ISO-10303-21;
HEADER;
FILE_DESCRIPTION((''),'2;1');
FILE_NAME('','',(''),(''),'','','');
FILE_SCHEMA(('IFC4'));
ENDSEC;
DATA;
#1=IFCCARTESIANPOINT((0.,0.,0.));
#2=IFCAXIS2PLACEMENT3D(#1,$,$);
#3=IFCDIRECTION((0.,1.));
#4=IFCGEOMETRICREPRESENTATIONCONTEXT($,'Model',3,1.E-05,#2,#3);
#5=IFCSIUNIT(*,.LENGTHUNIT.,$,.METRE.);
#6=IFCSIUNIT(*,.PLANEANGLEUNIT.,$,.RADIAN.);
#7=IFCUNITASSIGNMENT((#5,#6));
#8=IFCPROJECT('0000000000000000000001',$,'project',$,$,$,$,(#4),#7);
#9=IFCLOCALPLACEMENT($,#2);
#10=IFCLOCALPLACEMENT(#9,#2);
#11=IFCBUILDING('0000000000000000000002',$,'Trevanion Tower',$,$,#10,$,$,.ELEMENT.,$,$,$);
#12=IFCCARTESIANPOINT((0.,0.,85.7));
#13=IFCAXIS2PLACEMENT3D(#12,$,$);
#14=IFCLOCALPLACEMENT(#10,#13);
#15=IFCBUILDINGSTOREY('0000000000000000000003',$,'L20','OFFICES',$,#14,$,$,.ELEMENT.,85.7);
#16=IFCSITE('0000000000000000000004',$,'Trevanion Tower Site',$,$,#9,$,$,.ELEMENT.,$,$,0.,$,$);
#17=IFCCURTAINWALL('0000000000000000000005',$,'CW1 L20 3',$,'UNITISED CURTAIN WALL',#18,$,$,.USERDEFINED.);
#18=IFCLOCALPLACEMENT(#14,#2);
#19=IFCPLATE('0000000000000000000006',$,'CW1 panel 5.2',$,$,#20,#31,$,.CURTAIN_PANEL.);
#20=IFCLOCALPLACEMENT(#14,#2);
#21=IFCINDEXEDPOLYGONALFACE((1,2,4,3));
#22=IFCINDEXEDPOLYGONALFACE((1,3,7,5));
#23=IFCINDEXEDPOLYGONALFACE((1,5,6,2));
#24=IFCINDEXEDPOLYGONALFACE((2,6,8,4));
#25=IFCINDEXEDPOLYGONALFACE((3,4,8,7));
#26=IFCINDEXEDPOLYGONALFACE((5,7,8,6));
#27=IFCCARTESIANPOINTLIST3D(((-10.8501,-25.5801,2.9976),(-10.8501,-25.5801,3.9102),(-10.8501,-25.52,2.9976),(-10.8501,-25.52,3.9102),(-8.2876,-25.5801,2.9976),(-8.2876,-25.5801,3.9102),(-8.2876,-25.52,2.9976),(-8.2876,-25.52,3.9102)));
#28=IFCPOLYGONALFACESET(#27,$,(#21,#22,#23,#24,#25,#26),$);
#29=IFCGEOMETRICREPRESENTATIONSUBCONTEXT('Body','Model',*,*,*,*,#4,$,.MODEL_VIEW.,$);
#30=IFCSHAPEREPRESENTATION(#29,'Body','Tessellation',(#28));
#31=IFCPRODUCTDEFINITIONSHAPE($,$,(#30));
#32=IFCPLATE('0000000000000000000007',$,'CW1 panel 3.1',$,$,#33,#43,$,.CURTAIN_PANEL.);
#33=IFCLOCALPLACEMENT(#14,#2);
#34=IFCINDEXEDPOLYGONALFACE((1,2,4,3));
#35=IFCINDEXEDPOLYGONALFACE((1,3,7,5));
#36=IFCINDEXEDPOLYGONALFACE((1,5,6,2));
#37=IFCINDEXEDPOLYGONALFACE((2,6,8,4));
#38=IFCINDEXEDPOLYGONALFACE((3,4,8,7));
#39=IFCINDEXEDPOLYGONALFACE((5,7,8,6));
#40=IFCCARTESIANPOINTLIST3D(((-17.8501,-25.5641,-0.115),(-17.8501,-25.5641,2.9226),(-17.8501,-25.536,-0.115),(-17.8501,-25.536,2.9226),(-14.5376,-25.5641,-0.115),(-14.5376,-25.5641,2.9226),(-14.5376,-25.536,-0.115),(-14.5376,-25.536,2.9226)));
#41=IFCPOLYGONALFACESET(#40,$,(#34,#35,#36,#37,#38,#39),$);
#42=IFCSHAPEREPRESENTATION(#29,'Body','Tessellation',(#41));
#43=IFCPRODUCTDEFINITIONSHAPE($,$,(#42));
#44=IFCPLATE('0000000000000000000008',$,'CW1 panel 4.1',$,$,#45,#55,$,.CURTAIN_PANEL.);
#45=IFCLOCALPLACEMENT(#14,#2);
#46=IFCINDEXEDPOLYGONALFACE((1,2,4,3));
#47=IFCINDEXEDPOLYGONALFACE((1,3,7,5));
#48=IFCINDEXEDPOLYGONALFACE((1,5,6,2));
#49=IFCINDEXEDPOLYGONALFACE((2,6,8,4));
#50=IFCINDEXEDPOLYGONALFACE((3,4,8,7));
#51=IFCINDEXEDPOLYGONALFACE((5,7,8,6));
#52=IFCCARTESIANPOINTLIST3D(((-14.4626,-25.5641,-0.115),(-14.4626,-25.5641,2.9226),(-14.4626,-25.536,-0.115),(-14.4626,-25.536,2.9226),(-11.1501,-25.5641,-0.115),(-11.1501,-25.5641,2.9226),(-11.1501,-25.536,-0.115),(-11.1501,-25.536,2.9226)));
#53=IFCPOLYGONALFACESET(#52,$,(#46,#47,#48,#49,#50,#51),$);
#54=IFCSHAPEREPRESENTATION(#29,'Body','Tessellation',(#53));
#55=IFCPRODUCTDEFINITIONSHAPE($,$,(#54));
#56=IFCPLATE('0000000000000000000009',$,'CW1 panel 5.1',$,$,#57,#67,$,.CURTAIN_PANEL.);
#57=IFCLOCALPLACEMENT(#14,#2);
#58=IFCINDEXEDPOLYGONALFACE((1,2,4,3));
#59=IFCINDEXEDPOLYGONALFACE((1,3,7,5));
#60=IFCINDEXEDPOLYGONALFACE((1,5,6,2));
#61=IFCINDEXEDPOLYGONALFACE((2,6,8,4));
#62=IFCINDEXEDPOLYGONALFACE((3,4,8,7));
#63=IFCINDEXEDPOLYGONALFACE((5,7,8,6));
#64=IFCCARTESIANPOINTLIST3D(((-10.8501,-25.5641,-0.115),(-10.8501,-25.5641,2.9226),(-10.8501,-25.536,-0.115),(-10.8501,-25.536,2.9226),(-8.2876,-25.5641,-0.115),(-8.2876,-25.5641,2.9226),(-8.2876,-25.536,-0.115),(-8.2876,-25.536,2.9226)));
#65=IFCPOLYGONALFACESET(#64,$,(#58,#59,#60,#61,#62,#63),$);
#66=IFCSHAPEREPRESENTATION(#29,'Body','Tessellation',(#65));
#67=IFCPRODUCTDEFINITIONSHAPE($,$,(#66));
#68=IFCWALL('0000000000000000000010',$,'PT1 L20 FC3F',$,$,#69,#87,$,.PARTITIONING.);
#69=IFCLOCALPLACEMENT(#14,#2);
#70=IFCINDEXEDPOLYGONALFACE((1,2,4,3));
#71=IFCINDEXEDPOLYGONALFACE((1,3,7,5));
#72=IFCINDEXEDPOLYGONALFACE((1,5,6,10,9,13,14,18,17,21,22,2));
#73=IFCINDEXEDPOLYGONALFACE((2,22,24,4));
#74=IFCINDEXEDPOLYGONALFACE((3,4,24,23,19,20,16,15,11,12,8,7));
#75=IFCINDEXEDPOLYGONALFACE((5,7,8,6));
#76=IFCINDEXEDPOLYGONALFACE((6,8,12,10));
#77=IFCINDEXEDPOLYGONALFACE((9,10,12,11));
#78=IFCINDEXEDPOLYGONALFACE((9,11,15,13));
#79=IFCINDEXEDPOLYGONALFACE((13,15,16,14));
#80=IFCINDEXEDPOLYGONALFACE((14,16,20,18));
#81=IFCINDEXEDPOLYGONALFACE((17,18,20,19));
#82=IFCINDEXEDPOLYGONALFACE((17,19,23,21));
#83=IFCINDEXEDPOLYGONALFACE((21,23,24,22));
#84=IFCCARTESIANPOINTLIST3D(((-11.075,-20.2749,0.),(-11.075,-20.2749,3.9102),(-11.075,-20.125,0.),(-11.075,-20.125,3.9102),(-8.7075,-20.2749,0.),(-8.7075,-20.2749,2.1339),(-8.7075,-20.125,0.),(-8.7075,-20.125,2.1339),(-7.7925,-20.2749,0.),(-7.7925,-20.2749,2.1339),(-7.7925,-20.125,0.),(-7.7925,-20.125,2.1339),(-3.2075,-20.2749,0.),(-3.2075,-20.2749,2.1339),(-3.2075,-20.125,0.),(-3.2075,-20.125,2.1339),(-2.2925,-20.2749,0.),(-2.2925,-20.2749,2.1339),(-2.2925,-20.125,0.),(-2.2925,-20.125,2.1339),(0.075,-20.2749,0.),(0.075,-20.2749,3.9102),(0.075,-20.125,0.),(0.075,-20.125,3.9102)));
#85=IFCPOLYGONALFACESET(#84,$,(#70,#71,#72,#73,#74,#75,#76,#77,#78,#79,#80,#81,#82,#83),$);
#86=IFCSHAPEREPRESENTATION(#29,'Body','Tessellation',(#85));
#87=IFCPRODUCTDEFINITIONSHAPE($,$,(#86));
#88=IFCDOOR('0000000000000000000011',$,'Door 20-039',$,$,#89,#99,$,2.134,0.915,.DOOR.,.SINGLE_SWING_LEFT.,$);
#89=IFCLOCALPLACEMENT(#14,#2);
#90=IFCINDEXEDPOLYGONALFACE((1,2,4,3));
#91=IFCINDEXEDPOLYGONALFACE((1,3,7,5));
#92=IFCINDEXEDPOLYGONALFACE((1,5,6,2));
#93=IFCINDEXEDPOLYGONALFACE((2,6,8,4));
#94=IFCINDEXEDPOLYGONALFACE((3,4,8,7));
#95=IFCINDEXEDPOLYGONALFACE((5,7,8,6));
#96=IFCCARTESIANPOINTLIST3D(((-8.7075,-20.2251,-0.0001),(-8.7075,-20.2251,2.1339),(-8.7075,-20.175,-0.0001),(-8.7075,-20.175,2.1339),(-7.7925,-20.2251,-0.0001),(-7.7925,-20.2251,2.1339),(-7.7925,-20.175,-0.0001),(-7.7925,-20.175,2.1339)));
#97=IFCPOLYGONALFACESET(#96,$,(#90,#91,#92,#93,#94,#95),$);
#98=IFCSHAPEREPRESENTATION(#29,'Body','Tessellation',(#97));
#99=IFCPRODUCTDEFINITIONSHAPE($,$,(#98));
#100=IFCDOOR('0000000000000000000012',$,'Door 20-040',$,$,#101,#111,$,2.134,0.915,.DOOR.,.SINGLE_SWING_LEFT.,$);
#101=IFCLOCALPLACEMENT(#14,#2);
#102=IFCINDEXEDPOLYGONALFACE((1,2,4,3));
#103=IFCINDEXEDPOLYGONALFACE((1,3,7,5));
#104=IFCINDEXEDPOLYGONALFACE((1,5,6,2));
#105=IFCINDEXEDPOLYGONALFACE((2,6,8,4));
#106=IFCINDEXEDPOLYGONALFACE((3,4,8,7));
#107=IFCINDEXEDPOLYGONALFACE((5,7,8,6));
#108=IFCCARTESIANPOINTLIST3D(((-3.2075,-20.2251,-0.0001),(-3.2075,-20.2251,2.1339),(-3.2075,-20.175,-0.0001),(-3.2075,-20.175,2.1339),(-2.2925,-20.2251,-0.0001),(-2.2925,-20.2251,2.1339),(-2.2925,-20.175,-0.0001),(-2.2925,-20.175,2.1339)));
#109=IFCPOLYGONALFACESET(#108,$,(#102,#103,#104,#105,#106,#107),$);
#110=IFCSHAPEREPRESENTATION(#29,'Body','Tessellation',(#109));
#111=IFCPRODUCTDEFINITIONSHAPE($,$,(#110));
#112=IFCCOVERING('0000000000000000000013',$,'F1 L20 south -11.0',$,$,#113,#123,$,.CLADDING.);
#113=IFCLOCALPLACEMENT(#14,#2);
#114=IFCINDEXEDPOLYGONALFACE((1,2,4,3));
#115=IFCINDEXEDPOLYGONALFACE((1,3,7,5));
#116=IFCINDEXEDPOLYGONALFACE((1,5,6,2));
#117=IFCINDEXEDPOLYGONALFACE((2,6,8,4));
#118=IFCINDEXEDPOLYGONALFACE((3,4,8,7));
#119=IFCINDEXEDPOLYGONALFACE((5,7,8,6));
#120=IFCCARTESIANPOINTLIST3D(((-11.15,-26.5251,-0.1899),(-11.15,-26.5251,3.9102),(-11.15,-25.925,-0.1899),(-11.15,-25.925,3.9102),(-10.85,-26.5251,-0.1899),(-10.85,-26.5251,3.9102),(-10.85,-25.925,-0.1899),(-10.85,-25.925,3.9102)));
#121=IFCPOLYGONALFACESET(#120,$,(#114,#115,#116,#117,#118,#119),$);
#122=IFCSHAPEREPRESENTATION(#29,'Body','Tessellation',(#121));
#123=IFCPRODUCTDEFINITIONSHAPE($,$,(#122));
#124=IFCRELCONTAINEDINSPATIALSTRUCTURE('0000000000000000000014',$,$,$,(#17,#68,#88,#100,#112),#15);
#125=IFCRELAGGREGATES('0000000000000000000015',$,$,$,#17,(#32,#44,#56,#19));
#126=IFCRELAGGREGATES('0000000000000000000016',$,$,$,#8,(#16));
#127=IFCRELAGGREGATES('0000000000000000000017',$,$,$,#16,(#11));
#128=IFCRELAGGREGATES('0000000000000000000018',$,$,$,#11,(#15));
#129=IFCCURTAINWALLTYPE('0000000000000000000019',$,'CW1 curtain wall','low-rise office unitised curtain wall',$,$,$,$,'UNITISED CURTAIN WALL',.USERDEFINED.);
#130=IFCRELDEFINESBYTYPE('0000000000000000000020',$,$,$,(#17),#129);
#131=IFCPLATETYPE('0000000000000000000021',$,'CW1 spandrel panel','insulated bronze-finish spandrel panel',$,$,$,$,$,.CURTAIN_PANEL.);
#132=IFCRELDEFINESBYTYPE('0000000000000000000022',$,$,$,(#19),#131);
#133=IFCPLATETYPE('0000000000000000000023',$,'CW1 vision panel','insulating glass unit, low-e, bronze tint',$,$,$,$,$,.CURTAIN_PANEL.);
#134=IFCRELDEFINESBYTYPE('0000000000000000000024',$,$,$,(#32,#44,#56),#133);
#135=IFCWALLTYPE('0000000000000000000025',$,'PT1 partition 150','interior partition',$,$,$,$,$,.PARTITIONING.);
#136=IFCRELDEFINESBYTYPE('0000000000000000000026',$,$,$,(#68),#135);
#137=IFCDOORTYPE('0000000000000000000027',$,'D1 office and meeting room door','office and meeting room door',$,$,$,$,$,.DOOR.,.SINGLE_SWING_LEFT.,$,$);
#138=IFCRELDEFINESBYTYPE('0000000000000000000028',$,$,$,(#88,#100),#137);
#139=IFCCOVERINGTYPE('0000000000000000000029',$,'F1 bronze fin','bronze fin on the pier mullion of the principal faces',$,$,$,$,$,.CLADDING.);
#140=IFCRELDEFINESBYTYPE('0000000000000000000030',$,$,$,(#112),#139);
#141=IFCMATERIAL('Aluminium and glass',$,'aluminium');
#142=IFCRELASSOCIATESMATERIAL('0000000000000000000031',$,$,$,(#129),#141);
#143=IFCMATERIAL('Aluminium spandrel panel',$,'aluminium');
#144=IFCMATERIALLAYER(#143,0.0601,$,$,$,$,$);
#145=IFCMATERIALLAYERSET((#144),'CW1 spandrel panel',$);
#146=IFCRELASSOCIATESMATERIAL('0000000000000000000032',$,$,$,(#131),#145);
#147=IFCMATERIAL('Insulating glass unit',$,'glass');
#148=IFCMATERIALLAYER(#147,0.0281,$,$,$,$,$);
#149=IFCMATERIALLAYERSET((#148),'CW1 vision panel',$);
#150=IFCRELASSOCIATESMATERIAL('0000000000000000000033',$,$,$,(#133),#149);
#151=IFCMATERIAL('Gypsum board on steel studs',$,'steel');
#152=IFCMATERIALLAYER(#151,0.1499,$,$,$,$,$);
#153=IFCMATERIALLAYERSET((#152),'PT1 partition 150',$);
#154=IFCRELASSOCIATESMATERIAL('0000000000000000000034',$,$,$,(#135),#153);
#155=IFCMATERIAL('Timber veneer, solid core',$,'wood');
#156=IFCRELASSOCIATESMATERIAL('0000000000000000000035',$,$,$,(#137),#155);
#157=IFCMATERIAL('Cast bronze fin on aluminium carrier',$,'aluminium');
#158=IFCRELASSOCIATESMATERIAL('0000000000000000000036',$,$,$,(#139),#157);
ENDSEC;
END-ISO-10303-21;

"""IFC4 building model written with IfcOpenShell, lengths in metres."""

from ifc_helpers import new_model, si_unit, direction, frame, frame_2d, origin, origin_2d, place, context, subcontext, project, spatial, rectangle, extrude, material, layer, layer_set, type_object, element, fill, aggregate, save


model = new_model("IFC4")

# Units and contexts
model_context = context("Model", 3, precision=1e-05, world=origin(), true_north=direction((0.0, 1.0)))
body_context = subcontext(model_context, "Body", "Model", "MODEL_VIEW")
ifc_project = project(units=[si_unit("LENGTHUNIT", "METRE"), si_unit("PLANEANGLEUNIT", "RADIAN")], contexts=[model_context])

# Site, building, storey
site_placement = place(None, origin())
site = spatial("IfcSite", under=ifc_project, at=site_placement, Name="Trevanion Tower Site", CompositionType="ELEMENT", RefElevation=0.0)
building_placement = place(site_placement, origin())
building = spatial("IfcBuilding", under=site, at=building_placement, Name="Trevanion Tower", CompositionType="ELEMENT")
storey_placement = place(building_placement, frame((0.0, 0.0, 85.7)))
storey = spatial("IfcBuildingStorey", under=building, at=storey_placement, Name="L20", Description="OFFICES", CompositionType="ELEMENT", Elevation=85.7)

# Curtain wall
ifc_material_1 = material(Name="Aluminium and glass", Category="aluminium")
curtain_wall_type = type_object("IfcCurtainWallType", Name="CW1 curtain wall", Description="low-rise office unitised curtain wall", ElementType="UNITISED CURTAIN WALL", PredefinedType="USERDEFINED", material=ifc_material_1)
curtain_wall_placement = place(storey_placement, origin())
curtain_wall = element("IfcCurtainWall", 1, at=curtain_wall_placement, inside=storey, type_object=curtain_wall_type, Name="CW1 L20 3", ObjectType="UNITISED CURTAIN WALL", PredefinedType="USERDEFINED")

# Plates
ifc_material_2 = material(Name="Aluminium spandrel panel", Category="aluminium")
ifc_layer_1 = layer(ifc_material_2, 0.0601)
ifc_layer_set_1 = layer_set([ifc_layer_1], Name="CW1 spandrel panel")
plate_type_1 = type_object("IfcPlateType", Name="CW1 spandrel panel", Description="insulated bronze-finish spandrel panel", PredefinedType="CURTAIN_PANEL", material=ifc_layer_set_1)
plate_1_placement = place(storey_placement, frame((-9.5688, -25.55, 2.9976), z_axis=(0.0, 0.0, 1.0), x_axis=(1.0, 0.0, 0.0)))
plate_1 = element("IfcPlate", 2, at=plate_1_placement, type_object=plate_type_1, Name="CW1 panel 5.2", PredefinedType="CURTAIN_PANEL", context=body_context, shape_type="SweptSolid", body=[
    extrude(rectangle(XDim=2.5625, YDim=0.0601, at=origin_2d()), origin(), (0.0, 0.0, 1.0), 0.9126),
])
ifc_material_3 = material(Name="Insulating glass unit", Category="glass")
ifc_layer_2 = layer(ifc_material_3, 0.0281)
ifc_layer_set_2 = layer_set([ifc_layer_2], Name="CW1 vision panel")
plate_type_2 = type_object("IfcPlateType", Name="CW1 vision panel", Description="insulating glass unit, low-e, bronze tint", PredefinedType="CURTAIN_PANEL", material=ifc_layer_set_2)
plate_2_placement = place(storey_placement, frame((-16.1938, -25.55, -0.115), z_axis=(0.0, 0.0, 1.0), x_axis=(1.0, 0.0, 0.0)))
plate_2 = element("IfcPlate", 3, at=plate_2_placement, type_object=plate_type_2, Name="CW1 panel 3.1", PredefinedType="CURTAIN_PANEL", context=body_context, shape_type="SweptSolid", body=[
    extrude(rectangle(XDim=3.3125, YDim=0.0281, at=origin_2d()), origin(), (0.0, 0.0, 1.0), 3.0376),
])
plate_3_placement = place(storey_placement, frame((-12.8064, -25.55, -0.115), z_axis=(0.0, 0.0, 1.0), x_axis=(1.0, 0.0, 0.0)))
plate_3 = element("IfcPlate", 4, at=plate_3_placement, type_object=plate_type_2, Name="CW1 panel 4.1", PredefinedType="CURTAIN_PANEL", context=body_context, shape_type="SweptSolid", body=[
    extrude(rectangle(XDim=3.3125, YDim=0.0281, at=origin_2d()), origin(), (0.0, 0.0, 1.0), 3.0376),
])
plate_4_placement = place(storey_placement, frame((-9.5688, -25.55, -0.115), z_axis=(0.0, 0.0, 1.0), x_axis=(1.0, 0.0, 0.0)))
plate_4 = element("IfcPlate", 5, at=plate_4_placement, type_object=plate_type_2, Name="CW1 panel 5.1", PredefinedType="CURTAIN_PANEL", context=body_context, shape_type="SweptSolid", body=[
    extrude(rectangle(XDim=2.5625, YDim=0.0281, at=origin_2d()), origin(), (0.0, 0.0, 1.0), 3.0376),
])
aggregate(curtain_wall, [plate_2, plate_3, plate_4, plate_1])

# Wall, openings, doors
ifc_material_4 = material(Name="Gypsum board on steel studs", Category="steel")
ifc_layer_3 = layer(ifc_material_4, 0.1499)
ifc_layer_set_3 = layer_set([ifc_layer_3], Name="PT1 partition 150")
wall_type = type_object("IfcWallType", Name="PT1 partition 150", Description="interior partition", PredefinedType="PARTITIONING", material=ifc_layer_set_3)
wall_placement = place(storey_placement, frame((-11.075, -20.2, 0.0), z_axis=(0.0, 0.0, 1.0), x_axis=(1.0, 0.0, 0.0)))
wall = element("IfcWall", 6, at=wall_placement, inside=storey, type_object=wall_type, Name="PT1 L20 FC3F", PredefinedType="PARTITIONING", context=body_context, shape_type="SweptSolid", body=[
    extrude(rectangle(XDim=11.1499, YDim=0.1499, at=frame_2d((5.575, 0.0))), origin(), (0.0, 0.0, 1.0), 3.9102),
])
opening_1_placement = place(wall_placement, frame((2.3674, 0.0, 0.0)))
opening_1 = element("IfcOpeningElement", 7, at=opening_1_placement, cuts=wall, PredefinedType="OPENING", context=body_context, shape_type="SweptSolid", body=[
    extrude(rectangle(XDim=0.915, YDim=2.134, at=frame_2d((0.4575, 1.0669))), frame((0.0, 0.085, 0.0), z_axis=(0.0, -1.0, 0.0), x_axis=(1.0, 0.0, 0.0)), (0.0, 0.0, 1.0), 0.1699),
])
opening_2_placement = place(wall_placement, frame((7.8674, 0.0, 0.0)))
opening_2 = element("IfcOpeningElement", 8, at=opening_2_placement, cuts=wall, PredefinedType="OPENING", context=body_context, shape_type="SweptSolid", body=[
    extrude(rectangle(XDim=0.915, YDim=2.134, at=frame_2d((0.4575, 1.0669))), frame((0.0, 0.085, 0.0), z_axis=(0.0, -1.0, 0.0), x_axis=(1.0, 0.0, 0.0)), (0.0, 0.0, 1.0), 0.1699),
])
ifc_material_5 = material(Name="Timber veneer, solid core", Category="wood")
door_type = type_object("IfcDoorType", Name="D1 office and meeting room door", Description="office and meeting room door", OperationType="SINGLE_SWING_LEFT", PredefinedType="DOOR", material=ifc_material_5)
door_1_placement = place(opening_1_placement, origin())
door_1 = element("IfcDoor", 9, at=door_1_placement, inside=storey, type_object=door_type, Name="Door 20-039", OperationType="SINGLE_SWING_LEFT", OverallHeight=2.134, OverallWidth=0.915, PredefinedType="DOOR", context=body_context, shape_type="SweptSolid", body=[
    extrude(rectangle(XDim=0.915, YDim=2.134, at=frame_2d((0.4575, 1.0669))), frame((0.0, 0.0249, 0.0), z_axis=(0.0, -1.0, 0.0), x_axis=(1.0, 0.0, 0.0)), (0.0, 0.0, 1.0), 0.05),
])
fill(opening_1, door_1)
door_2_placement = place(opening_2_placement, origin())
door_2 = element("IfcDoor", 10, at=door_2_placement, inside=storey, type_object=door_type, Name="Door 20-040", OperationType="SINGLE_SWING_LEFT", OverallHeight=2.134, OverallWidth=0.915, PredefinedType="DOOR", context=body_context, shape_type="SweptSolid", body=[
    extrude(rectangle(XDim=0.915, YDim=2.134, at=frame_2d((0.4575, 1.0669))), frame((0.0, 0.0249, 0.0), z_axis=(0.0, -1.0, 0.0), x_axis=(1.0, 0.0, 0.0)), (0.0, 0.0, 1.0), 0.05),
])
fill(opening_2, door_2)

# Covering
ifc_material_6 = material(Name="Cast bronze fin on aluminium carrier", Category="aluminium")
covering_type = type_object("IfcCoveringType", Name="F1 bronze fin", Description="bronze fin on the pier mullion of the principal faces", PredefinedType="CLADDING", material=ifc_material_6)
covering_placement = place(storey_placement, frame((-11.0, -26.2251, -0.1899), z_axis=(0.0, 0.0, 1.0), x_axis=(1.0, 0.0, 0.0)))
element("IfcCovering", 11, at=covering_placement, inside=storey, type_object=covering_type, Name="F1 L20 south -11.0", PredefinedType="CLADDING", context=body_context, shape_type="SweptSolid", body=[
    extrude(rectangle(XDim=0.3, YDim=0.6001, at=origin_2d()), origin(), (0.0, 0.0, 1.0), 4.1001),
])

save(model, "model.ifc")
